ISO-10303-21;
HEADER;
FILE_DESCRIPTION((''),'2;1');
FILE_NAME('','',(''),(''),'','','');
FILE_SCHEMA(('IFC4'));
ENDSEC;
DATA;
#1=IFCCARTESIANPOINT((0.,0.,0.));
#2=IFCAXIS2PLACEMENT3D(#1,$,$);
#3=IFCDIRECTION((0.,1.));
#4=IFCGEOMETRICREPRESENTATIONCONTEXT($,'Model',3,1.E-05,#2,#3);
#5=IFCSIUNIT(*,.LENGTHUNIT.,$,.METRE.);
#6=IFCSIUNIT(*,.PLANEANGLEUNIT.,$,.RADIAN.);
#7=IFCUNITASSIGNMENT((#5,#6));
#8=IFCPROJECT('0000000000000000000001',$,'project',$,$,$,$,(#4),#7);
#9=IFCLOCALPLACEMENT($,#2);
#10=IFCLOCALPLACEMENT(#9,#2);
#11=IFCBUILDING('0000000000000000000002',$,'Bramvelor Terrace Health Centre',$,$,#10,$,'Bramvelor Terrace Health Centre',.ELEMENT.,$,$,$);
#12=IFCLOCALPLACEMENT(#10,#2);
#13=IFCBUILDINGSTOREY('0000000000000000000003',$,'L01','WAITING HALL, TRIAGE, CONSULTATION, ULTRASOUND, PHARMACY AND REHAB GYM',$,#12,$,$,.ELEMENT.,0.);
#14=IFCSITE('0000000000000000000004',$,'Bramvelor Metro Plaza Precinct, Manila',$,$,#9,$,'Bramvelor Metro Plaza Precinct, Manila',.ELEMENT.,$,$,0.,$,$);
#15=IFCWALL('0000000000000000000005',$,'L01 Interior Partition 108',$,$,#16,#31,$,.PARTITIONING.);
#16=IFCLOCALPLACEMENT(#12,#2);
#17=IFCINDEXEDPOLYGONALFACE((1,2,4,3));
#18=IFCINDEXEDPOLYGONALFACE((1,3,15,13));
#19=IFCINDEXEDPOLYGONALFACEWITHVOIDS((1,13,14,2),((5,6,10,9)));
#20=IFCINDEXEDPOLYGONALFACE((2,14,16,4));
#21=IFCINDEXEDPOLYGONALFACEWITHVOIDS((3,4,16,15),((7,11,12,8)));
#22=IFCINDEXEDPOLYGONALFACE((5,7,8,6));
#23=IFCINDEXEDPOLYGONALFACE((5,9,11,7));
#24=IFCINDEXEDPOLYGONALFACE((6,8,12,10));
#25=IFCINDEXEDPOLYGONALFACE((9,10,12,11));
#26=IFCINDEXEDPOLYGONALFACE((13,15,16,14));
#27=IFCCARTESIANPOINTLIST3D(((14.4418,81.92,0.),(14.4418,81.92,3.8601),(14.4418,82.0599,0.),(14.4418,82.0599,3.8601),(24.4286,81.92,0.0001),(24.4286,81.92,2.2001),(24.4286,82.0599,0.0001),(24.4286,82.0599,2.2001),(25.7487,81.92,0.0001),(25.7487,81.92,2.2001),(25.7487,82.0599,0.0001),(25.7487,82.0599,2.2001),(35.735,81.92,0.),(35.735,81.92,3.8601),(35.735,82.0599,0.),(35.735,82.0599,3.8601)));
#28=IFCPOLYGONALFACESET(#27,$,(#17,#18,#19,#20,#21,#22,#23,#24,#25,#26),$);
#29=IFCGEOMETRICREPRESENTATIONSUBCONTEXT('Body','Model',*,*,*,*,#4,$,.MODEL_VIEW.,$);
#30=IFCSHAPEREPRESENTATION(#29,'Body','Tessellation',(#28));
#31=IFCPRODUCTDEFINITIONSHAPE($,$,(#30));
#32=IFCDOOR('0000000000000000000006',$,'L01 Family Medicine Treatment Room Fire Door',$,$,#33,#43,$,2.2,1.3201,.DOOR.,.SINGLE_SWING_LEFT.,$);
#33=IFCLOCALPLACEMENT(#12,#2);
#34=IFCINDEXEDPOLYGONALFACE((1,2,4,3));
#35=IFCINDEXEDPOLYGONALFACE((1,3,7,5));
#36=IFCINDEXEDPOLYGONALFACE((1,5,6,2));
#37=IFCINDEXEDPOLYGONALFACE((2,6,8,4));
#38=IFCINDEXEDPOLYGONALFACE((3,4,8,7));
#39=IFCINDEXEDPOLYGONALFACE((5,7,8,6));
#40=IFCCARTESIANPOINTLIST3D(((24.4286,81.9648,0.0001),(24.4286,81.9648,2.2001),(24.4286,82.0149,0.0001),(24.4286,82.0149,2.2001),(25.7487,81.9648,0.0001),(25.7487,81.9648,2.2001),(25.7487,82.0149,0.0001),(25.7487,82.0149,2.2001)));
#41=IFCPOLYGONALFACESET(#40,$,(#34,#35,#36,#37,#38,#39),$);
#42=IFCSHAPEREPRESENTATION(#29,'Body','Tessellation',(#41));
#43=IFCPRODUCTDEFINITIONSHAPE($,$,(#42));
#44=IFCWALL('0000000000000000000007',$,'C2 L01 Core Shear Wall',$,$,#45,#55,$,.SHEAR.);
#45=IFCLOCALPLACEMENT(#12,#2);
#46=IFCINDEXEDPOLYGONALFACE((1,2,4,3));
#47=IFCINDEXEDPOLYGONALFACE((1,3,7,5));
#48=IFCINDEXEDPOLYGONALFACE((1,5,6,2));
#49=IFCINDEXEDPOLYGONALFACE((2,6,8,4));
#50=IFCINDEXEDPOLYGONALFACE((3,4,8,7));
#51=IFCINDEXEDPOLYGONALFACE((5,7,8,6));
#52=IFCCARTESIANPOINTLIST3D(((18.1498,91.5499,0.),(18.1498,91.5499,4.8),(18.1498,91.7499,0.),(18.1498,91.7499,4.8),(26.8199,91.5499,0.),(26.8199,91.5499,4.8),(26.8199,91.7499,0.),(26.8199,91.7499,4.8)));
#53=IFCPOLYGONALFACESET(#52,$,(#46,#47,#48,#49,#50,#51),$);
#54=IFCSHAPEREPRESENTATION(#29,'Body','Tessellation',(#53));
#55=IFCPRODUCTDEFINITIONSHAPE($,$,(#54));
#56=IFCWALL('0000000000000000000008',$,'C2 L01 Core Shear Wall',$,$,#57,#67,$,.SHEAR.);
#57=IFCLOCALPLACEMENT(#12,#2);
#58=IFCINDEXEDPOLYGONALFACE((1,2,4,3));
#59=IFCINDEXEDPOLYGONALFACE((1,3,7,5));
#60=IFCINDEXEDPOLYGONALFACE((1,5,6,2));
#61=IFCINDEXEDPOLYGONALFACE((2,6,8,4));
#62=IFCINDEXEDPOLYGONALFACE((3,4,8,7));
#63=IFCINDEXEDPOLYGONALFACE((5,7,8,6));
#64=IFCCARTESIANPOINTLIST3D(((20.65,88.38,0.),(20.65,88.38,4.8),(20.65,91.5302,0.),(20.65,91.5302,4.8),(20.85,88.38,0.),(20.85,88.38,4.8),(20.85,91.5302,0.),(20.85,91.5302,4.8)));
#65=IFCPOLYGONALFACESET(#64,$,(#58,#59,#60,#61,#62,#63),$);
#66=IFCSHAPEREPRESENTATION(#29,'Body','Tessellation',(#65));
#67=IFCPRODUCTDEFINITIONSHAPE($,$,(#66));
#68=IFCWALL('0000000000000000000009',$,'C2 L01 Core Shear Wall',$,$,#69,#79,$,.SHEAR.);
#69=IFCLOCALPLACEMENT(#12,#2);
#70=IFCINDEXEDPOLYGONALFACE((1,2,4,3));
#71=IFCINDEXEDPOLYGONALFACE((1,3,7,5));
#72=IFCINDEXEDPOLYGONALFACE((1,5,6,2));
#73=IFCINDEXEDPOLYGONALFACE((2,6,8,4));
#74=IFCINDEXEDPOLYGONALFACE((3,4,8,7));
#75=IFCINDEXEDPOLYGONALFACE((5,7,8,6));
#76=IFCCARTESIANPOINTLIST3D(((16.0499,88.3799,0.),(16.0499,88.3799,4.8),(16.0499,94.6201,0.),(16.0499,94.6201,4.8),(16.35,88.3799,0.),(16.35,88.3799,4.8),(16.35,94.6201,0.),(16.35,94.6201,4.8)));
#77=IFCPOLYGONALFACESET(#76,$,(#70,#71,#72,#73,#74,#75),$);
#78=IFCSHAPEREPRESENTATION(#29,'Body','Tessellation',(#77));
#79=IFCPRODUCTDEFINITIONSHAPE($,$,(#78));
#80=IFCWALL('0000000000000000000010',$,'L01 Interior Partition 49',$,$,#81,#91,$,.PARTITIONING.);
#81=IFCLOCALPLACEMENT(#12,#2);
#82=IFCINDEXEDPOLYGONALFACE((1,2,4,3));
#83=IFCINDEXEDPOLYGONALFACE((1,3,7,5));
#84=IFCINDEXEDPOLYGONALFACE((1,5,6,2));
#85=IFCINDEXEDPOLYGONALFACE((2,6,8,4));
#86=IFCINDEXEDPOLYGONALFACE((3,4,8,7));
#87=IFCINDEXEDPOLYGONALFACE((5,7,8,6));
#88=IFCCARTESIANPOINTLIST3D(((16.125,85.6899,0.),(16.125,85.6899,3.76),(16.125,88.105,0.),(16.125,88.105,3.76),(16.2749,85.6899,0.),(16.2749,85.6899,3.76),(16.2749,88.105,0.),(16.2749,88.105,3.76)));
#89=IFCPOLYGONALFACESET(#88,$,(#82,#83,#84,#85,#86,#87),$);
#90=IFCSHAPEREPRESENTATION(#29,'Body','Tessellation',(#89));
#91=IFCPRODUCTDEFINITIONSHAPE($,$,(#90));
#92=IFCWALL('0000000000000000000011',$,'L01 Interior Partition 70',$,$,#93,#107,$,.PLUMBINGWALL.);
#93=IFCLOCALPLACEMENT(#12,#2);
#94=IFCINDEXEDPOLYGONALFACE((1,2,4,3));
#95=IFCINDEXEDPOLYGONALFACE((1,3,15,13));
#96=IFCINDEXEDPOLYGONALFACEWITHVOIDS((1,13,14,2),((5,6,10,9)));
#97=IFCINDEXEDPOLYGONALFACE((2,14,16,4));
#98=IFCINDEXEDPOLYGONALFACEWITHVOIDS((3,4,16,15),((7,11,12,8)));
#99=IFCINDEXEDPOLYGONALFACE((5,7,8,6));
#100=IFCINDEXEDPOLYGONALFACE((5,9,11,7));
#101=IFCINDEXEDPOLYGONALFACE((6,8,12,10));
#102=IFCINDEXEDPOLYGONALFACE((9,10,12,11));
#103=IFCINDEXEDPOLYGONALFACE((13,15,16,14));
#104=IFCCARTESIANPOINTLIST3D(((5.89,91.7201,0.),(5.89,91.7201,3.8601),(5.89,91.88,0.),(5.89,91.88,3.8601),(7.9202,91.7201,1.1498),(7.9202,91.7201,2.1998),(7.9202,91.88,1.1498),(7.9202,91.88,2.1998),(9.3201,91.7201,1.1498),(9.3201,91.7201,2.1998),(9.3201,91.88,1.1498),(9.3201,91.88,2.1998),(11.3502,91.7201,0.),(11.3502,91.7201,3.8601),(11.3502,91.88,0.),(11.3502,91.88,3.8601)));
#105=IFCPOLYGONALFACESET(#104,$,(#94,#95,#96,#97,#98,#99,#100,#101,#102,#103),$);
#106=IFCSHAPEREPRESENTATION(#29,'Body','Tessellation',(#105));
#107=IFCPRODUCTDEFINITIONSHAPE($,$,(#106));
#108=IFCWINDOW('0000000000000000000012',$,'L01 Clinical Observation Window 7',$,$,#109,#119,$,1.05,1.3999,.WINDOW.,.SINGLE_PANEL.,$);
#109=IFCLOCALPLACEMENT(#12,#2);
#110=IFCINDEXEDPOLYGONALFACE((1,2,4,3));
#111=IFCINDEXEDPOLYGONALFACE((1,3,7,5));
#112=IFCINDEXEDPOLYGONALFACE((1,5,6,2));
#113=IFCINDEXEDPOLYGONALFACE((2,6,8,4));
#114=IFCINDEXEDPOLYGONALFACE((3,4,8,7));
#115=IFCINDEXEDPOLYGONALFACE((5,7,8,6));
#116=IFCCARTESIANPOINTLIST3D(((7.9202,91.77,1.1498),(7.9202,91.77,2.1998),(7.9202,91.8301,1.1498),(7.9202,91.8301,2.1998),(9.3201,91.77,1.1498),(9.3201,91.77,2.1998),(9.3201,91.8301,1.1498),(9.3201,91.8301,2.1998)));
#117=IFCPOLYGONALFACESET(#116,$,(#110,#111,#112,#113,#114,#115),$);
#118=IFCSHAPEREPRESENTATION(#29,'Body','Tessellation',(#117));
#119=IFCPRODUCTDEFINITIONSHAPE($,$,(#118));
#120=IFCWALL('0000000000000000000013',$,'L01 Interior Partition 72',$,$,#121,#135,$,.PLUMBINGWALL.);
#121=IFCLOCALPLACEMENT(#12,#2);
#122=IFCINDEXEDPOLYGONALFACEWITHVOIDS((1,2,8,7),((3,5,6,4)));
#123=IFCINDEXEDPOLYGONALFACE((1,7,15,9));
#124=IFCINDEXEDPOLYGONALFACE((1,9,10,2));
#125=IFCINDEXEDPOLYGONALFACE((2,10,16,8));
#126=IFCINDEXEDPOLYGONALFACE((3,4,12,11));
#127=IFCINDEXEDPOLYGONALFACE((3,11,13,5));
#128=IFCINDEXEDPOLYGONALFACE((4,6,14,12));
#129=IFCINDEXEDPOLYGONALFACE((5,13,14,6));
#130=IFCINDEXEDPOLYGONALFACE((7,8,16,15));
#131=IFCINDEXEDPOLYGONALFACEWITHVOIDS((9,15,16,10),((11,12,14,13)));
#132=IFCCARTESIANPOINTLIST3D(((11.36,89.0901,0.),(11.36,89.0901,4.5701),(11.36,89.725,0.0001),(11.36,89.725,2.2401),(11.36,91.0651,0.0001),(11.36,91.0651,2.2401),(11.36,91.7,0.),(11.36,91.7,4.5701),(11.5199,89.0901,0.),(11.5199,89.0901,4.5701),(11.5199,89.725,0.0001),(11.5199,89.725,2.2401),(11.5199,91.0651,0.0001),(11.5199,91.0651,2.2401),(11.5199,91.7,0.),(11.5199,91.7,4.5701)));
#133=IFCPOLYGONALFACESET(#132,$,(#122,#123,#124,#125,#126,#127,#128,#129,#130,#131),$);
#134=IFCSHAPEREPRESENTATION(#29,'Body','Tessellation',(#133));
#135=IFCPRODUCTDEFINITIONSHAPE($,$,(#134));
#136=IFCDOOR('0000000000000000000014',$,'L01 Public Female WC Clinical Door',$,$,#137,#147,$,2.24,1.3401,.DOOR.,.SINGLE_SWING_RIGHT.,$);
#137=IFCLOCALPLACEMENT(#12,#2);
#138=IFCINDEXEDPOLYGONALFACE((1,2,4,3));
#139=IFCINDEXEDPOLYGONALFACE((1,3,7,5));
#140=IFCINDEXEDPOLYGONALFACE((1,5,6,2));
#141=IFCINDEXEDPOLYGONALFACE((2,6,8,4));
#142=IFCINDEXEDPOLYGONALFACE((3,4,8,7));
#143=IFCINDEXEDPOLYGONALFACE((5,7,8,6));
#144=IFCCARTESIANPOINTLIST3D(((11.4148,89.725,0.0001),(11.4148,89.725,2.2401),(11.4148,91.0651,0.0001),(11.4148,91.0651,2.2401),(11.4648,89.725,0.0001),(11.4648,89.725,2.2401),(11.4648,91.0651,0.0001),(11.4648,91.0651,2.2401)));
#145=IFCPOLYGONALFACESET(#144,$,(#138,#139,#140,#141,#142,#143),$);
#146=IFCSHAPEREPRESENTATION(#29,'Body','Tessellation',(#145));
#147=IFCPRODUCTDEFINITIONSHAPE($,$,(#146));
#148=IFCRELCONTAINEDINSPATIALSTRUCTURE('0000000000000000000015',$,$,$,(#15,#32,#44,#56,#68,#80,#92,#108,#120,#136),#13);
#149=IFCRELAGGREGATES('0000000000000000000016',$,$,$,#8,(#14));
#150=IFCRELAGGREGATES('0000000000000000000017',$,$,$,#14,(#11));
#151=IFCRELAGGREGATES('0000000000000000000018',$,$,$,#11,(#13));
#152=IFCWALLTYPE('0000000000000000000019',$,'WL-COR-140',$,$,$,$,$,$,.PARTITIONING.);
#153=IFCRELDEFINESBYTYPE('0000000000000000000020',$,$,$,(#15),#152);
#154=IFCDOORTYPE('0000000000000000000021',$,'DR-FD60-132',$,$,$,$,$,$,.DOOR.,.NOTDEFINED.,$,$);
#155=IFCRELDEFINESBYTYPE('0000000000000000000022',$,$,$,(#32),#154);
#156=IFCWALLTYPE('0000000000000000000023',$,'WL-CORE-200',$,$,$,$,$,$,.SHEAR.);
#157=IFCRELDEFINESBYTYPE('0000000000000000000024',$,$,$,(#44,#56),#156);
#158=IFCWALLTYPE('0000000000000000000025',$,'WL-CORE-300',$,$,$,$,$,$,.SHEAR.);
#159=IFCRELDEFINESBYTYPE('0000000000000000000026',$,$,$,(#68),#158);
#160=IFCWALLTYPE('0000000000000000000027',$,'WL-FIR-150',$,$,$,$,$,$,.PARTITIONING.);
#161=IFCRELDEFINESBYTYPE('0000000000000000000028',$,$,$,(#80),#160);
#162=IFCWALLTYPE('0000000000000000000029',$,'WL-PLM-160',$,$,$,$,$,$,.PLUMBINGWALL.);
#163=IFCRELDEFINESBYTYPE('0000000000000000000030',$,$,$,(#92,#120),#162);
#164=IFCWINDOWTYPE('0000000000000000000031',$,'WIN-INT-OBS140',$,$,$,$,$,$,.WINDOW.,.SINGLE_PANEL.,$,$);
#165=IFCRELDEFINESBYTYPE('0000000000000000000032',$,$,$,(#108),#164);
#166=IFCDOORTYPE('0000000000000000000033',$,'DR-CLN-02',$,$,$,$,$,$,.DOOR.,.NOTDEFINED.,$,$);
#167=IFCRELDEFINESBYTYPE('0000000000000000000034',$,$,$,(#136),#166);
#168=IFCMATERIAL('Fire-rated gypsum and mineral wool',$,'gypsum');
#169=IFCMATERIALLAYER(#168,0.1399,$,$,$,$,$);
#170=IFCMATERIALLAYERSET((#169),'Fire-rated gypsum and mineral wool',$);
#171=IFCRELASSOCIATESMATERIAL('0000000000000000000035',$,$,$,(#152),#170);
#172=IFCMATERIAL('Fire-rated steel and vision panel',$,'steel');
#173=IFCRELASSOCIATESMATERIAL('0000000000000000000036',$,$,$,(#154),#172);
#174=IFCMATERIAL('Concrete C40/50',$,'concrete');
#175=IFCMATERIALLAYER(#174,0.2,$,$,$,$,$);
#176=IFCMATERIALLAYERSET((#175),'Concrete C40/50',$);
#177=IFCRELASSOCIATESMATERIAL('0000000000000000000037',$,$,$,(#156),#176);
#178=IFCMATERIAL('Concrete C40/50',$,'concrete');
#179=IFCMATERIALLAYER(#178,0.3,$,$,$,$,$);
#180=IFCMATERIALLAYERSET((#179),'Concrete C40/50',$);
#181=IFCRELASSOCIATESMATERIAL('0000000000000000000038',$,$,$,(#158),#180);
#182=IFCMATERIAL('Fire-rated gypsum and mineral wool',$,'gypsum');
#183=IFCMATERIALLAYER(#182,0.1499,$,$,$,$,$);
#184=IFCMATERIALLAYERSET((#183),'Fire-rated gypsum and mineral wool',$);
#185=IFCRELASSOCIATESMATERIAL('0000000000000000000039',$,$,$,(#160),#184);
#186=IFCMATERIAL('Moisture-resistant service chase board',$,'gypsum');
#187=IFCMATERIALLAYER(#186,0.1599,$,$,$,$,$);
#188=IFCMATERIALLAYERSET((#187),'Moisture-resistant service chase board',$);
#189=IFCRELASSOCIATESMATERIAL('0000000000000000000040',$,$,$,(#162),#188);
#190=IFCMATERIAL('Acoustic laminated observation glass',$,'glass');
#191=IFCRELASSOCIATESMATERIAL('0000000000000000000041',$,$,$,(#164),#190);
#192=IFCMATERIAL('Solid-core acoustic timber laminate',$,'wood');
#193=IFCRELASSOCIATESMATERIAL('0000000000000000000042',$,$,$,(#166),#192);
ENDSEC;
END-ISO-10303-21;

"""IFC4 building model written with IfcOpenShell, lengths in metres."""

from ifc_helpers import new_model, si_unit, direction, frame, frame_2d, origin, place, context, subcontext, project, spatial, rectangle, extrude, material, layer, layer_set, type_object, element, fill, save


model = new_model("IFC4")

# Units and contexts
model_context = context("Model", 3, precision=1e-05, world=origin(), true_north=direction((0.0, 1.0)))
body_context = subcontext(model_context, "Body", "Model", "MODEL_VIEW")
ifc_project = project(units=[si_unit("LENGTHUNIT", "METRE"), si_unit("PLANEANGLEUNIT", "RADIAN")], contexts=[model_context])

# Site, building, storey
site_placement = place(None, origin())
site = spatial("IfcSite", under=ifc_project, at=site_placement, Name="Bramvelor Metro Plaza Precinct, Manila", LongName="Bramvelor Metro Plaza Precinct, Manila", CompositionType="ELEMENT", RefElevation=0.0)
building_placement = place(site_placement, origin())
building = spatial("IfcBuilding", under=site, at=building_placement, Name="Bramvelor Terrace Health Centre", LongName="Bramvelor Terrace Health Centre", CompositionType="ELEMENT")
storey_placement = place(building_placement, origin())
storey = spatial("IfcBuildingStorey", under=building, at=storey_placement, Name="L01", Description="WAITING HALL, TRIAGE, CONSULTATION, ULTRASOUND, PHARMACY AND REHAB GYM", CompositionType="ELEMENT", Elevation=0.0)

# Shared definitions
ifc_material_1 = material(Name="Fire-rated gypsum and mineral wool", Category="gypsum")
ifc_layer_1 = layer(ifc_material_1, 0.1399)
ifc_layer_set_1 = layer_set([ifc_layer_1], Name="Fire-rated gypsum and mineral wool")
wall_type_1 = type_object("IfcWallType", Name="WL-COR-140", PredefinedType="PARTITIONING", material=ifc_layer_set_1)

# Wall, opening, door
wall_1_placement = place(storey_placement, frame((14.4419, 81.99, 0.0), z_axis=(0.0, 0.0, 1.0), x_axis=(1.0, 0.0, 0.0)))
wall_1 = element("IfcWall", 1, at=wall_1_placement, inside=storey, type_object=wall_type_1, Name="L01 Interior Partition 108", PredefinedType="PARTITIONING", context=body_context, shape_type="SweptSolid", body=[
    extrude(rectangle(XDim=21.2932, YDim=0.1399, at=frame_2d((10.6465, 0.0))), origin(), (0.0, 0.0, 1.0), 3.8601),
])
opening_1_placement = place(wall_1_placement, frame((9.9866, 0.0, 0.0)))
opening_1 = element("IfcOpeningElement", 2, at=opening_1_placement, cuts=wall_1, PredefinedType="OPENING", context=body_context, shape_type="SweptSolid", body=[
    extrude(rectangle(XDim=1.3201, YDim=2.2, at=frame_2d((0.6602, 1.1001))), frame((0.0, 0.0798, 0.0), z_axis=(0.0, -1.0, 0.0), x_axis=(1.0, 0.0, 0.0)), (0.0, 0.0, 1.0), 0.1599),
])
ifc_material_2 = material(Name="Fire-rated steel and vision panel", Category="steel")
door_type_1 = type_object("IfcDoorType", Name="DR-FD60-132", OperationType="NOTDEFINED", PredefinedType="DOOR", material=ifc_material_2)
door_1_placement = place(opening_1_placement, origin())
door_1 = element("IfcDoor", 3, at=door_1_placement, inside=storey, type_object=door_type_1, Name="L01 Family Medicine Treatment Room Fire Door", OperationType="SINGLE_SWING_LEFT", OverallHeight=2.2, OverallWidth=1.3201, PredefinedType="DOOR", context=body_context, shape_type="SweptSolid", body=[
    extrude(rectangle(XDim=1.3201, YDim=2.2, at=frame_2d((0.6602, 1.1001))), frame((0.0, 0.0249, 0.0), z_axis=(0.0, -1.0, 0.0), x_axis=(1.0, 0.0, 0.0)), (0.0, 0.0, 1.0), 0.05),
])
fill(opening_1, door_1)

# Walls
ifc_material_3 = material(Name="Concrete C40/50", Category="concrete")
ifc_layer_2 = layer(ifc_material_3, 0.2)
ifc_layer_set_2 = layer_set([ifc_layer_2], Name="Concrete C40/50")
wall_type_2 = type_object("IfcWallType", Name="WL-CORE-200", PredefinedType="SHEAR", material=ifc_layer_set_2)
wall_2_placement = place(storey_placement, frame((18.1499, 91.6499, 0.0), z_axis=(0.0, 0.0, 1.0), x_axis=(1.0, 0.0, 0.0)))
element("IfcWall", 4, at=wall_2_placement, inside=storey, type_object=wall_type_2, Name="C2 L01 Core Shear Wall", PredefinedType="SHEAR", context=body_context, shape_type="SweptSolid", body=[
    extrude(rectangle(XDim=8.6702, YDim=0.2, at=frame_2d((4.335, 0.0))), origin(), (0.0, 0.0, 1.0), 4.8),
])
wall_3_placement = place(storey_placement, frame((20.75, 88.3799, 0.0), z_axis=(0.0, 0.0, 1.0), x_axis=(0.0, 1.0, 0.0)))
element("IfcWall", 5, at=wall_3_placement, inside=storey, type_object=wall_type_2, Name="C2 L01 Core Shear Wall", PredefinedType="SHEAR", context=body_context, shape_type="SweptSolid", body=[
    extrude(rectangle(XDim=3.1501, YDim=0.2, at=frame_2d((1.5752, 0.0))), origin(), (0.0, 0.0, 1.0), 4.8),
])

# Shared definitions
ifc_material_4 = material(Name="Concrete C40/50", Category="concrete")
ifc_layer_3 = layer(ifc_material_4, 0.3)
ifc_layer_set_3 = layer_set([ifc_layer_3], Name="Concrete C40/50")
wall_type_3 = type_object("IfcWallType", Name="WL-CORE-300", PredefinedType="SHEAR", material=ifc_layer_set_3)

# Walls
wall_4_placement = place(storey_placement, frame((16.2, 88.3799, 0.0), z_axis=(0.0, 0.0, 1.0), x_axis=(0.0, 1.0, 0.0)))
element("IfcWall", 6, at=wall_4_placement, inside=storey, type_object=wall_type_3, Name="C2 L01 Core Shear Wall", PredefinedType="SHEAR", context=body_context, shape_type="SweptSolid", body=[
    extrude(rectangle(XDim=6.2402, YDim=0.3, at=frame_2d((3.1201, 0.0))), origin(), (0.0, 0.0, 1.0), 4.8),
])
ifc_material_5 = material(Name="Fire-rated gypsum and mineral wool", Category="gypsum")
ifc_layer_4 = layer(ifc_material_5, 0.1499)
ifc_layer_set_4 = layer_set([ifc_layer_4], Name="Fire-rated gypsum and mineral wool")
wall_type_4 = type_object("IfcWallType", Name="WL-FIR-150", PredefinedType="PARTITIONING", material=ifc_layer_set_4)
wall_5_placement = place(storey_placement, frame((16.2, 85.6899, 0.0), z_axis=(0.0, 0.0, 1.0), x_axis=(0.0, 1.0, 0.0)))
element("IfcWall", 7, at=wall_5_placement, inside=storey, type_object=wall_type_4, Name="L01 Interior Partition 49", PredefinedType="PARTITIONING", context=body_context, shape_type="SweptSolid", body=[
    extrude(rectangle(XDim=2.415, YDim=0.1499, at=frame_2d((1.2075, 0.0))), origin(), (0.0, 0.0, 1.0), 3.76),
])

# Wall, opening, window
ifc_material_6 = material(Name="Moisture-resistant service chase board", Category="gypsum")
ifc_layer_5 = layer(ifc_material_6, 0.1599)
ifc_layer_set_5 = layer_set([ifc_layer_5], Name="Moisture-resistant service chase board")
wall_type_5 = type_object("IfcWallType", Name="WL-PLM-160", PredefinedType="PLUMBINGWALL", material=ifc_layer_set_5)
wall_6_placement = place(storey_placement, frame((11.3501, 91.8, 0.0), z_axis=(0.0, 0.0, 1.0), x_axis=(-1.0, 0.0, 0.0)))
wall_6 = element("IfcWall", 8, at=wall_6_placement, inside=storey, type_object=wall_type_5, Name="L01 Interior Partition 70", PredefinedType="PLUMBINGWALL", context=body_context, shape_type="SweptSolid", body=[
    extrude(rectangle(XDim=5.4602, YDim=0.1599, at=frame_2d((2.73, 0.0))), origin(), (0.0, 0.0, 1.0), 3.8601),
])
opening_2_placement = place(wall_6_placement, frame((2.03, 0.0, 1.1499)))
opening_2 = element("IfcOpeningElement", 9, at=opening_2_placement, cuts=wall_6, PredefinedType="OPENING", context=body_context, shape_type="SweptSolid", body=[
    extrude(rectangle(XDim=1.3999, YDim=1.05, at=frame_2d((0.7, 0.5249))), frame((0.0, 0.0898, 0.0), z_axis=(0.0, -1.0, 0.0), x_axis=(1.0, 0.0, 0.0)), (0.0, 0.0, 1.0), 0.1799),
])
ifc_material_7 = material(Name="Acoustic laminated observation glass", Category="glass")
window_type = type_object("IfcWindowType", Name="WIN-INT-OBS140", PartitioningType="SINGLE_PANEL", PredefinedType="WINDOW", material=ifc_material_7)
window_1_placement = place(opening_2_placement, origin())
window_1 = element("IfcWindow", 10, at=window_1_placement, inside=storey, type_object=window_type, Name="L01 Clinical Observation Window 7", OverallHeight=1.05, OverallWidth=1.3999, PartitioningType="SINGLE_PANEL", PredefinedType="WINDOW", context=body_context, shape_type="SweptSolid", body=[
    extrude(rectangle(XDim=1.3999, YDim=1.05, at=frame_2d((0.7, 0.5249))), frame((0.0, 0.03, 0.0), z_axis=(0.0, -1.0, 0.0), x_axis=(1.0, 0.0, 0.0)), (0.0, 0.0, 1.0), 0.0601),
])
fill(opening_2, window_1)

# Wall, opening, door
wall_7_placement = place(storey_placement, frame((11.4399, 91.7, 0.0), z_axis=(0.0, 0.0, 1.0), x_axis=(0.0, -1.0, 0.0)))
wall_7 = element("IfcWall", 11, at=wall_7_placement, inside=storey, type_object=wall_type_5, Name="L01 Interior Partition 72", PredefinedType="PLUMBINGWALL", context=body_context, shape_type="SweptSolid", body=[
    extrude(rectangle(XDim=2.6099, YDim=0.1599, at=frame_2d((1.3049, 0.0))), origin(), (0.0, 0.0, 1.0), 4.5701),
])
opening_3_placement = place(wall_7_placement, frame((0.635, 0.0, 0.0)))
opening_3 = element("IfcOpeningElement", 12, at=opening_3_placement, cuts=wall_7, PredefinedType="OPENING", context=body_context, shape_type="SweptSolid", body=[
    extrude(rectangle(XDim=1.3401, YDim=2.24, at=frame_2d((0.6699, 1.1201))), frame((0.0, 0.0898, 0.0), z_axis=(0.0, -1.0, 0.0), x_axis=(1.0, 0.0, 0.0)), (0.0, 0.0, 1.0), 0.1799),
])
ifc_material_8 = material(Name="Solid-core acoustic timber laminate", Category="wood")
door_type_2 = type_object("IfcDoorType", Name="DR-CLN-02", OperationType="NOTDEFINED", PredefinedType="DOOR", material=ifc_material_8)
door_2_placement = place(opening_3_placement, origin())
door_2 = element("IfcDoor", 13, at=door_2_placement, inside=storey, type_object=door_type_2, Name="L01 Public Female WC Clinical Door", OperationType="SINGLE_SWING_RIGHT", OverallHeight=2.24, OverallWidth=1.3401, PredefinedType="DOOR", context=body_context, shape_type="SweptSolid", body=[
    extrude(rectangle(XDim=1.3401, YDim=2.24, at=frame_2d((0.6699, 1.1201))), frame((0.0, 0.0249, 0.0), z_axis=(0.0, -1.0, 0.0), x_axis=(1.0, 0.0, 0.0)), (0.0, 0.0, 1.0), 0.05),
])
fill(opening_3, door_2)

save(model, "model.ifc")
